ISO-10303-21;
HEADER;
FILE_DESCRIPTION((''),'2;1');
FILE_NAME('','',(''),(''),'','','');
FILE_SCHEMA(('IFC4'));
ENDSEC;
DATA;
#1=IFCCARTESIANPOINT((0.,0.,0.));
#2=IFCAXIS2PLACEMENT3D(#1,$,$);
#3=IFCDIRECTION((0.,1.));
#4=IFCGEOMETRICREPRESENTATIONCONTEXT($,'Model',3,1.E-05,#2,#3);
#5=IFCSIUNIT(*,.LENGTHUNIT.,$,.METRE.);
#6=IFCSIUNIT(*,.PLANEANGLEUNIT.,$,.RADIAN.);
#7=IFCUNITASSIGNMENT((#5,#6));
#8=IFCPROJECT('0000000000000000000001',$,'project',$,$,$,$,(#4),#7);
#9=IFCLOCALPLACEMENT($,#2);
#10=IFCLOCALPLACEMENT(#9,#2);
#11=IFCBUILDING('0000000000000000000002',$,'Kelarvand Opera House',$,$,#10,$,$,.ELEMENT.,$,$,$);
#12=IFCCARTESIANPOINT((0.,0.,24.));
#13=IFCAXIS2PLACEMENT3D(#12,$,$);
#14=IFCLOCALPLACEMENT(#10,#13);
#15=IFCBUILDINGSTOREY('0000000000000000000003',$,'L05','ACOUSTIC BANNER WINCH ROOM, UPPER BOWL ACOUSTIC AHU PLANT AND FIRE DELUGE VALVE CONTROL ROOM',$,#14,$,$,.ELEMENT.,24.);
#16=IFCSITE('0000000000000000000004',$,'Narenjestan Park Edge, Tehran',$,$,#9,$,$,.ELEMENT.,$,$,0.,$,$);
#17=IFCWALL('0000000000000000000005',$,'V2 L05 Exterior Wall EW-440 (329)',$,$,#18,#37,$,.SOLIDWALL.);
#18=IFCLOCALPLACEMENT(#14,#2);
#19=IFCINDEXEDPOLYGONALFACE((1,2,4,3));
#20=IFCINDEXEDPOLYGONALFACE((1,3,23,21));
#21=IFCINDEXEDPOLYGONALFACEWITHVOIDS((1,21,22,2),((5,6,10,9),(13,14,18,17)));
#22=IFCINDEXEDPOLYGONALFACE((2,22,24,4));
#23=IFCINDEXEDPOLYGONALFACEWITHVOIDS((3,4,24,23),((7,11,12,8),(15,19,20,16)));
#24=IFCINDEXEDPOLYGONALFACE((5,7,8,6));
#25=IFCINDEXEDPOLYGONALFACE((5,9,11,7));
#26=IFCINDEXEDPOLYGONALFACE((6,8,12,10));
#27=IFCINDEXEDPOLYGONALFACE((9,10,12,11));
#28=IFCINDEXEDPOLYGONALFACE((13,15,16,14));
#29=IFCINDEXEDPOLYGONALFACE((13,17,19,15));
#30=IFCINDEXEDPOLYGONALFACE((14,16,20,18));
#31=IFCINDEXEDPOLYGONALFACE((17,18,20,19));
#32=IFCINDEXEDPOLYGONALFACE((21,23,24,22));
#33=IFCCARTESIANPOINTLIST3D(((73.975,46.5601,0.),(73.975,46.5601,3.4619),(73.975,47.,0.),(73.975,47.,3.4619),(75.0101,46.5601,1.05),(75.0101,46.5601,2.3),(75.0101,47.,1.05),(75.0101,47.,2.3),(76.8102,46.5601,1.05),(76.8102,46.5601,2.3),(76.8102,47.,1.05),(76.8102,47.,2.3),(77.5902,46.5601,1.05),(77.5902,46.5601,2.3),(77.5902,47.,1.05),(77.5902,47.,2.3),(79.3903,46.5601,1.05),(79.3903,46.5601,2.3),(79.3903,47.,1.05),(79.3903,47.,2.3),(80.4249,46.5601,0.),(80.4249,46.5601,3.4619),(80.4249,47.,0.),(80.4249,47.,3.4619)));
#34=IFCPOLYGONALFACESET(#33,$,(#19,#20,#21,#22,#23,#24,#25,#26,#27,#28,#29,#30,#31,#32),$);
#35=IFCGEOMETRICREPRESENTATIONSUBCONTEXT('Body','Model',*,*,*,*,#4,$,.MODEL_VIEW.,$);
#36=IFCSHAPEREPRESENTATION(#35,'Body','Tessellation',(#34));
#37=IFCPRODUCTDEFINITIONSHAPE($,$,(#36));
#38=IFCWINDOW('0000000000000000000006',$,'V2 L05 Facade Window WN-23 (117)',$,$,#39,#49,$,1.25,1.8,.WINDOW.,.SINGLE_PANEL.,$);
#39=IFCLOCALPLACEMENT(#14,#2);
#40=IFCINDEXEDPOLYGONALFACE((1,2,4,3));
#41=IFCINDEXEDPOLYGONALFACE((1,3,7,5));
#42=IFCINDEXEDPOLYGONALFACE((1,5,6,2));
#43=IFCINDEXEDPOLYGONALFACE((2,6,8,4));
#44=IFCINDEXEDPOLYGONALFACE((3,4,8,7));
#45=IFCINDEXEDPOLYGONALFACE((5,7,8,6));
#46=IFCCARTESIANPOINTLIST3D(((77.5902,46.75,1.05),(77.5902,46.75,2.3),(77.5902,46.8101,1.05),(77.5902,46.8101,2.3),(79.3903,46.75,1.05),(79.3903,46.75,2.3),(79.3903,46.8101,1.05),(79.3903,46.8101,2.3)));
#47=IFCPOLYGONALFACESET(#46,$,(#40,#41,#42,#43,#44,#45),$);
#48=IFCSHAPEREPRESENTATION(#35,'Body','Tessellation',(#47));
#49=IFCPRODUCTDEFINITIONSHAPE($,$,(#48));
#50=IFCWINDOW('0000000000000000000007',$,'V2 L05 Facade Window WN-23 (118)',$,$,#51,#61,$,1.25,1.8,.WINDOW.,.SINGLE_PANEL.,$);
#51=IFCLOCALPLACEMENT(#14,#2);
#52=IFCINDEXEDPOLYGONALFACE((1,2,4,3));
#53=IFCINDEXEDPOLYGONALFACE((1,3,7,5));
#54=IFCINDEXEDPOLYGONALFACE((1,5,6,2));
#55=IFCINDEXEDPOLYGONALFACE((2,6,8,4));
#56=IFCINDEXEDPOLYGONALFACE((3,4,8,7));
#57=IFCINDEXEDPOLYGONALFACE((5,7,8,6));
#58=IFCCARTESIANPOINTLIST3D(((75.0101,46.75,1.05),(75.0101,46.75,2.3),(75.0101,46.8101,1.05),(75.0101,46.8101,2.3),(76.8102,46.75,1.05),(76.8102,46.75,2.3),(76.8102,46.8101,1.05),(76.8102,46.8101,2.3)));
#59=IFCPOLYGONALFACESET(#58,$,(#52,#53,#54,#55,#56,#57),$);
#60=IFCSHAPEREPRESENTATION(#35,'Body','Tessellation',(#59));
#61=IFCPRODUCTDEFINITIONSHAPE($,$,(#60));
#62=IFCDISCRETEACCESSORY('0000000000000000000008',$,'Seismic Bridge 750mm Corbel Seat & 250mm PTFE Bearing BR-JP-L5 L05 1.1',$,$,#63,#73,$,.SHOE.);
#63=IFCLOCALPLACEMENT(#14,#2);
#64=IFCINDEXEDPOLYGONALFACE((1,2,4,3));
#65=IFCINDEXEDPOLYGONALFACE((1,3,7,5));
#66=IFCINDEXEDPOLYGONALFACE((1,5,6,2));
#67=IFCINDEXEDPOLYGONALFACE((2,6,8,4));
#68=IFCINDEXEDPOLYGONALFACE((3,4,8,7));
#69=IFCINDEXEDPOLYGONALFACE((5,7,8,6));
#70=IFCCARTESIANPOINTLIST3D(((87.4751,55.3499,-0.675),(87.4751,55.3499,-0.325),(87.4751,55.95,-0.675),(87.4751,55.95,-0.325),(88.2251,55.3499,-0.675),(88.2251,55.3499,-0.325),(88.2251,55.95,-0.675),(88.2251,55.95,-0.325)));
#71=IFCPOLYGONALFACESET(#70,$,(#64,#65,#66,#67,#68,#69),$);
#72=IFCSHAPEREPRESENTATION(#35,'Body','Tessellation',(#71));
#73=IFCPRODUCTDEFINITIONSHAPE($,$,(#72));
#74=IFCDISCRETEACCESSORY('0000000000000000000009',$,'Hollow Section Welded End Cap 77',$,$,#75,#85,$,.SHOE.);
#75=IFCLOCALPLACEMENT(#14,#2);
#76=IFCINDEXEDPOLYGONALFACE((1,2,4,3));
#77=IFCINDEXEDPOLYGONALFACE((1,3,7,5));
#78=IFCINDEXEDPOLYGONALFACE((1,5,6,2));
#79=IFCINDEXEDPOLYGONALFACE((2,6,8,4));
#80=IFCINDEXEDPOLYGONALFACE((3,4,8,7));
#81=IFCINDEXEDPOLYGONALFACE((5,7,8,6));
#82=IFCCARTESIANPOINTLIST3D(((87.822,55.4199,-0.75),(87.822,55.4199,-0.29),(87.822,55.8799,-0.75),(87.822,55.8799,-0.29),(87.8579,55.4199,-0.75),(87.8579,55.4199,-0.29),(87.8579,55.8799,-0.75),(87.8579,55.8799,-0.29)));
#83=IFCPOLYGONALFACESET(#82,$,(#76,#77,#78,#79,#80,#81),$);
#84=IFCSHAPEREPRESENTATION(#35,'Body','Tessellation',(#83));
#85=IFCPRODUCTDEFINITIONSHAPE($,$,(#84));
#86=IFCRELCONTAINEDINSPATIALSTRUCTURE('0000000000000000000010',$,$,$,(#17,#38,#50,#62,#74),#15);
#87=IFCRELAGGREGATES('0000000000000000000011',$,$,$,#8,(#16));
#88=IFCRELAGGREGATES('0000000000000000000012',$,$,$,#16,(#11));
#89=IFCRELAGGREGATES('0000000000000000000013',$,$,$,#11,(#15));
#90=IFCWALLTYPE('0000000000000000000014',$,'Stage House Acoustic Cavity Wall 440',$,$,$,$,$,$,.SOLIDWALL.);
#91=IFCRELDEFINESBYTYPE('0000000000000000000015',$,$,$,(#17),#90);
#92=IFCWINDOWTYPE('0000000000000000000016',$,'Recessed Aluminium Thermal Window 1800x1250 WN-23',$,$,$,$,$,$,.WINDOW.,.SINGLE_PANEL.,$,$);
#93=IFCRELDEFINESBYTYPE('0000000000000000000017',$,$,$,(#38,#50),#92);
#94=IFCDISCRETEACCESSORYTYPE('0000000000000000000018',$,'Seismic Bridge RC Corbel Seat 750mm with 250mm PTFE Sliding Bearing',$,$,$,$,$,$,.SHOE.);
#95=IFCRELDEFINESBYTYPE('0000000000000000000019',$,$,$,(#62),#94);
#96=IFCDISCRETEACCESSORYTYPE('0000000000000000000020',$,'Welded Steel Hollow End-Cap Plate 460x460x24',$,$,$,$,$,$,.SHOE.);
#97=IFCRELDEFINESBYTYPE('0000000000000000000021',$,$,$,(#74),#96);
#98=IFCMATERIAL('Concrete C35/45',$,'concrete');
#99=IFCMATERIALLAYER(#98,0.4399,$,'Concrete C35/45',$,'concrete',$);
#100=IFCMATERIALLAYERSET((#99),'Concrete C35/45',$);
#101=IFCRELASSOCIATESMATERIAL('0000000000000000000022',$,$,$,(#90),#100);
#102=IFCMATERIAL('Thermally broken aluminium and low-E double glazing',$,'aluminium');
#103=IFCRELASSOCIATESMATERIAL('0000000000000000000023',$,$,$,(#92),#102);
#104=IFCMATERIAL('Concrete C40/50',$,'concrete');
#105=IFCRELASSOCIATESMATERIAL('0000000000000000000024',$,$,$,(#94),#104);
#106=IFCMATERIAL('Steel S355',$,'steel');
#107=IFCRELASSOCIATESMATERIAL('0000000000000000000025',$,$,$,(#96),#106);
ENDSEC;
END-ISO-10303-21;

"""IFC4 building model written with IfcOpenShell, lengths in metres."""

from ifc_helpers import new_model, si_unit, direction, frame, frame_2d, origin, origin_2d, place, context, subcontext, project, spatial, rectangle, extrude, material, layer, layer_set, material_profile, profile_set, type_object, element, fill, save


model = new_model("IFC4")

# Units and contexts
model_context = context("Model", 3, precision=1e-05, world=origin(), true_north=direction((0.0, 1.0)))
body_context = subcontext(model_context, "Body", "Model", "MODEL_VIEW")
ifc_project = project(units=[si_unit("LENGTHUNIT", "METRE"), si_unit("PLANEANGLEUNIT", "RADIAN")], contexts=[model_context])

# Site, building, storey
site_placement = place(None, origin())
site = spatial("IfcSite", under=ifc_project, at=site_placement, Name="Narenjestan Park Edge, Tehran", CompositionType="ELEMENT", RefElevation=0.0)
building_placement = place(site_placement, origin())
building = spatial("IfcBuilding", under=site, at=building_placement, Name="Kelarvand Opera House", CompositionType="ELEMENT")
storey_placement = place(building_placement, frame((0.0, 0.0, 24.0)))
storey = spatial("IfcBuildingStorey", under=building, at=storey_placement, Name="L05", Description="ACOUSTIC BANNER WINCH ROOM, UPPER BOWL ACOUSTIC AHU PLANT AND FIRE DELUGE VALVE CONTROL ROOM", CompositionType="ELEMENT", Elevation=24.0)

# Shared definitions
ifc_material_1 = material(Name="Concrete C40/50", Category="concrete")

# Shared definitions
ifc_material_2 = material(Name="Steel S355", Category="steel")

# Shared definitions
ifc_material_3 = material(Name="Concrete C35/45", Category="concrete")

# Shared definitions
ifc_layer_1 = layer(ifc_material_3, 0.4399, Name="Concrete C35/45", Category="concrete")
ifc_layer_set_1 = layer_set([ifc_layer_1], Name="Concrete C35/45")
wall_type_1 = type_object("IfcWallType", Name="Stage House Acoustic Cavity Wall 440", PredefinedType="SOLIDWALL", material=ifc_layer_set_1)

# Shared definitions
ifc_material_4 = material(Name="Thermally broken aluminium and low-E double glazing", Category="aluminium")

# Wall, openings, windows
wall_1_placement = place(storey_placement, frame((80.425, 46.78, 0.0), z_axis=(0.0, 0.0, 1.0), x_axis=(-1.0, 0.0, 0.0)))
wall_1 = element("IfcWall", 1, at=wall_1_placement, inside=storey, type_object=wall_type_1, Name="V2 L05 Exterior Wall EW-440 (329)", PredefinedType="SOLIDWALL", context=body_context, shape_type="SweptSolid", body=[
    extrude(rectangle(XDim=6.45, YDim=0.4399, at=frame_2d((3.2251, 0.0))), origin(), (0.0, 0.0, 1.0), 3.4619),
])
opening_1_placement = place(wall_1_placement, frame((1.0349, 0.0, 1.05)))
opening_1 = element("IfcOpeningElement", 2, at=opening_1_placement, cuts=wall_1, PredefinedType="OPENING", context=body_context, shape_type="SweptSolid", body=[
    extrude(rectangle(XDim=1.8, YDim=1.25, at=frame_2d((0.8999, 0.625))), frame((0.0, 0.23, 0.0), z_axis=(0.0, -1.0, 0.0), x_axis=(1.0, 0.0, 0.0)), (0.0, 0.0, 1.0), 0.46),
])
opening_2_placement = place(wall_1_placement, frame((3.615, 0.0, 1.05)))
opening_2 = element("IfcOpeningElement", 3, at=opening_2_placement, cuts=wall_1, PredefinedType="OPENING", context=body_context, shape_type="SweptSolid", body=[
    extrude(rectangle(XDim=1.8, YDim=1.25, at=frame_2d((0.8999, 0.625))), frame((0.0, 0.23, 0.0), z_axis=(0.0, -1.0, 0.0), x_axis=(1.0, 0.0, 0.0)), (0.0, 0.0, 1.0), 0.46),
])
window_type_1 = type_object("IfcWindowType", Name="Recessed Aluminium Thermal Window 1800x1250 WN-23", PartitioningType="SINGLE_PANEL", PredefinedType="WINDOW", material=ifc_material_4)
window_1_placement = place(opening_1_placement, origin())
window_1 = element("IfcWindow", 4, at=window_1_placement, inside=storey, type_object=window_type_1, Name="V2 L05 Facade Window WN-23 (117)", OverallHeight=1.25, OverallWidth=1.8, PartitioningType="SINGLE_PANEL", PredefinedType="WINDOW", context=body_context, shape_type="SweptSolid", body=[
    extrude(rectangle(XDim=1.8, YDim=1.25, at=frame_2d((0.8999, 0.625))), frame((0.0, 0.03, 0.0), z_axis=(0.0, -1.0, 0.0), x_axis=(1.0, 0.0, 0.0)), (0.0, 0.0, 1.0), 0.0601),
])
fill(opening_1, window_1)
window_2_placement = place(opening_2_placement, origin())
window_2 = element("IfcWindow", 5, at=window_2_placement, inside=storey, type_object=window_type_1, Name="V2 L05 Facade Window WN-23 (118)", OverallHeight=1.25, OverallWidth=1.8, PartitioningType="SINGLE_PANEL", PredefinedType="WINDOW", context=body_context, shape_type="SweptSolid", body=[
    extrude(rectangle(XDim=1.8, YDim=1.25, at=frame_2d((0.8999, 0.625))), frame((0.0, 0.03, 0.0), z_axis=(0.0, -1.0, 0.0), x_axis=(1.0, 0.0, 0.0)), (0.0, 0.0, 1.0), 0.0601),
])
fill(opening_2, window_2)

# Discrete accessories
discrete_accessory_type_1 = type_object("IfcDiscreteAccessoryType", Name="Seismic Bridge RC Corbel Seat 750mm with 250mm PTFE Sliding Bearing", PredefinedType="SHOE", material=ifc_material_1)
discrete_accessory_1_placement = place(storey_placement, frame((87.8501, 55.6499, -0.675), z_axis=(0.0, 0.0, 1.0), x_axis=(1.0, 0.0, 0.0)))
element("IfcDiscreteAccessory", 6, at=discrete_accessory_1_placement, inside=storey, type_object=discrete_accessory_type_1, Name="Seismic Bridge 750mm Corbel Seat & 250mm PTFE Bearing BR-JP-L5 L05 1.1", PredefinedType="SHOE", context=body_context, shape_type="SweptSolid", body=[
    extrude(rectangle(XDim=0.75, YDim=0.6001, at=origin_2d()), origin(), (0.0, 0.0, 1.0), 0.3501),
])
ifc_material_profile_1 = material_profile(ifc_material_2, rectangle(XDim=0.46, YDim=0.46, at=origin_2d()), Name="Welded Steel Hollow End-Cap Plate 460x460x24", Category="steel")
ifc_profile_set_1 = profile_set([ifc_material_profile_1], Name="Steel S355")
discrete_accessory_type_2 = type_object("IfcDiscreteAccessoryType", Name="Welded Steel Hollow End-Cap Plate 460x460x24", PredefinedType="SHOE", material=ifc_profile_set_1)
discrete_accessory_2_placement = place(storey_placement, frame((87.8579, 55.6499, -0.52), z_axis=(-1.0, 0.0, 0.0), x_axis=(0.0, -1.0, 0.0)))
element("IfcDiscreteAccessory", 7, at=discrete_accessory_2_placement, inside=storey, type_object=discrete_accessory_type_2, Name="Hollow Section Welded End Cap 77", PredefinedType="SHOE", context=body_context, shape_type="SweptSolid", body=[
    extrude(rectangle(XDim=0.46, YDim=0.46, at=origin_2d()), origin(), (0.0, 0.0, 1.0), 0.0359),
])

save(model, "model.ifc")
